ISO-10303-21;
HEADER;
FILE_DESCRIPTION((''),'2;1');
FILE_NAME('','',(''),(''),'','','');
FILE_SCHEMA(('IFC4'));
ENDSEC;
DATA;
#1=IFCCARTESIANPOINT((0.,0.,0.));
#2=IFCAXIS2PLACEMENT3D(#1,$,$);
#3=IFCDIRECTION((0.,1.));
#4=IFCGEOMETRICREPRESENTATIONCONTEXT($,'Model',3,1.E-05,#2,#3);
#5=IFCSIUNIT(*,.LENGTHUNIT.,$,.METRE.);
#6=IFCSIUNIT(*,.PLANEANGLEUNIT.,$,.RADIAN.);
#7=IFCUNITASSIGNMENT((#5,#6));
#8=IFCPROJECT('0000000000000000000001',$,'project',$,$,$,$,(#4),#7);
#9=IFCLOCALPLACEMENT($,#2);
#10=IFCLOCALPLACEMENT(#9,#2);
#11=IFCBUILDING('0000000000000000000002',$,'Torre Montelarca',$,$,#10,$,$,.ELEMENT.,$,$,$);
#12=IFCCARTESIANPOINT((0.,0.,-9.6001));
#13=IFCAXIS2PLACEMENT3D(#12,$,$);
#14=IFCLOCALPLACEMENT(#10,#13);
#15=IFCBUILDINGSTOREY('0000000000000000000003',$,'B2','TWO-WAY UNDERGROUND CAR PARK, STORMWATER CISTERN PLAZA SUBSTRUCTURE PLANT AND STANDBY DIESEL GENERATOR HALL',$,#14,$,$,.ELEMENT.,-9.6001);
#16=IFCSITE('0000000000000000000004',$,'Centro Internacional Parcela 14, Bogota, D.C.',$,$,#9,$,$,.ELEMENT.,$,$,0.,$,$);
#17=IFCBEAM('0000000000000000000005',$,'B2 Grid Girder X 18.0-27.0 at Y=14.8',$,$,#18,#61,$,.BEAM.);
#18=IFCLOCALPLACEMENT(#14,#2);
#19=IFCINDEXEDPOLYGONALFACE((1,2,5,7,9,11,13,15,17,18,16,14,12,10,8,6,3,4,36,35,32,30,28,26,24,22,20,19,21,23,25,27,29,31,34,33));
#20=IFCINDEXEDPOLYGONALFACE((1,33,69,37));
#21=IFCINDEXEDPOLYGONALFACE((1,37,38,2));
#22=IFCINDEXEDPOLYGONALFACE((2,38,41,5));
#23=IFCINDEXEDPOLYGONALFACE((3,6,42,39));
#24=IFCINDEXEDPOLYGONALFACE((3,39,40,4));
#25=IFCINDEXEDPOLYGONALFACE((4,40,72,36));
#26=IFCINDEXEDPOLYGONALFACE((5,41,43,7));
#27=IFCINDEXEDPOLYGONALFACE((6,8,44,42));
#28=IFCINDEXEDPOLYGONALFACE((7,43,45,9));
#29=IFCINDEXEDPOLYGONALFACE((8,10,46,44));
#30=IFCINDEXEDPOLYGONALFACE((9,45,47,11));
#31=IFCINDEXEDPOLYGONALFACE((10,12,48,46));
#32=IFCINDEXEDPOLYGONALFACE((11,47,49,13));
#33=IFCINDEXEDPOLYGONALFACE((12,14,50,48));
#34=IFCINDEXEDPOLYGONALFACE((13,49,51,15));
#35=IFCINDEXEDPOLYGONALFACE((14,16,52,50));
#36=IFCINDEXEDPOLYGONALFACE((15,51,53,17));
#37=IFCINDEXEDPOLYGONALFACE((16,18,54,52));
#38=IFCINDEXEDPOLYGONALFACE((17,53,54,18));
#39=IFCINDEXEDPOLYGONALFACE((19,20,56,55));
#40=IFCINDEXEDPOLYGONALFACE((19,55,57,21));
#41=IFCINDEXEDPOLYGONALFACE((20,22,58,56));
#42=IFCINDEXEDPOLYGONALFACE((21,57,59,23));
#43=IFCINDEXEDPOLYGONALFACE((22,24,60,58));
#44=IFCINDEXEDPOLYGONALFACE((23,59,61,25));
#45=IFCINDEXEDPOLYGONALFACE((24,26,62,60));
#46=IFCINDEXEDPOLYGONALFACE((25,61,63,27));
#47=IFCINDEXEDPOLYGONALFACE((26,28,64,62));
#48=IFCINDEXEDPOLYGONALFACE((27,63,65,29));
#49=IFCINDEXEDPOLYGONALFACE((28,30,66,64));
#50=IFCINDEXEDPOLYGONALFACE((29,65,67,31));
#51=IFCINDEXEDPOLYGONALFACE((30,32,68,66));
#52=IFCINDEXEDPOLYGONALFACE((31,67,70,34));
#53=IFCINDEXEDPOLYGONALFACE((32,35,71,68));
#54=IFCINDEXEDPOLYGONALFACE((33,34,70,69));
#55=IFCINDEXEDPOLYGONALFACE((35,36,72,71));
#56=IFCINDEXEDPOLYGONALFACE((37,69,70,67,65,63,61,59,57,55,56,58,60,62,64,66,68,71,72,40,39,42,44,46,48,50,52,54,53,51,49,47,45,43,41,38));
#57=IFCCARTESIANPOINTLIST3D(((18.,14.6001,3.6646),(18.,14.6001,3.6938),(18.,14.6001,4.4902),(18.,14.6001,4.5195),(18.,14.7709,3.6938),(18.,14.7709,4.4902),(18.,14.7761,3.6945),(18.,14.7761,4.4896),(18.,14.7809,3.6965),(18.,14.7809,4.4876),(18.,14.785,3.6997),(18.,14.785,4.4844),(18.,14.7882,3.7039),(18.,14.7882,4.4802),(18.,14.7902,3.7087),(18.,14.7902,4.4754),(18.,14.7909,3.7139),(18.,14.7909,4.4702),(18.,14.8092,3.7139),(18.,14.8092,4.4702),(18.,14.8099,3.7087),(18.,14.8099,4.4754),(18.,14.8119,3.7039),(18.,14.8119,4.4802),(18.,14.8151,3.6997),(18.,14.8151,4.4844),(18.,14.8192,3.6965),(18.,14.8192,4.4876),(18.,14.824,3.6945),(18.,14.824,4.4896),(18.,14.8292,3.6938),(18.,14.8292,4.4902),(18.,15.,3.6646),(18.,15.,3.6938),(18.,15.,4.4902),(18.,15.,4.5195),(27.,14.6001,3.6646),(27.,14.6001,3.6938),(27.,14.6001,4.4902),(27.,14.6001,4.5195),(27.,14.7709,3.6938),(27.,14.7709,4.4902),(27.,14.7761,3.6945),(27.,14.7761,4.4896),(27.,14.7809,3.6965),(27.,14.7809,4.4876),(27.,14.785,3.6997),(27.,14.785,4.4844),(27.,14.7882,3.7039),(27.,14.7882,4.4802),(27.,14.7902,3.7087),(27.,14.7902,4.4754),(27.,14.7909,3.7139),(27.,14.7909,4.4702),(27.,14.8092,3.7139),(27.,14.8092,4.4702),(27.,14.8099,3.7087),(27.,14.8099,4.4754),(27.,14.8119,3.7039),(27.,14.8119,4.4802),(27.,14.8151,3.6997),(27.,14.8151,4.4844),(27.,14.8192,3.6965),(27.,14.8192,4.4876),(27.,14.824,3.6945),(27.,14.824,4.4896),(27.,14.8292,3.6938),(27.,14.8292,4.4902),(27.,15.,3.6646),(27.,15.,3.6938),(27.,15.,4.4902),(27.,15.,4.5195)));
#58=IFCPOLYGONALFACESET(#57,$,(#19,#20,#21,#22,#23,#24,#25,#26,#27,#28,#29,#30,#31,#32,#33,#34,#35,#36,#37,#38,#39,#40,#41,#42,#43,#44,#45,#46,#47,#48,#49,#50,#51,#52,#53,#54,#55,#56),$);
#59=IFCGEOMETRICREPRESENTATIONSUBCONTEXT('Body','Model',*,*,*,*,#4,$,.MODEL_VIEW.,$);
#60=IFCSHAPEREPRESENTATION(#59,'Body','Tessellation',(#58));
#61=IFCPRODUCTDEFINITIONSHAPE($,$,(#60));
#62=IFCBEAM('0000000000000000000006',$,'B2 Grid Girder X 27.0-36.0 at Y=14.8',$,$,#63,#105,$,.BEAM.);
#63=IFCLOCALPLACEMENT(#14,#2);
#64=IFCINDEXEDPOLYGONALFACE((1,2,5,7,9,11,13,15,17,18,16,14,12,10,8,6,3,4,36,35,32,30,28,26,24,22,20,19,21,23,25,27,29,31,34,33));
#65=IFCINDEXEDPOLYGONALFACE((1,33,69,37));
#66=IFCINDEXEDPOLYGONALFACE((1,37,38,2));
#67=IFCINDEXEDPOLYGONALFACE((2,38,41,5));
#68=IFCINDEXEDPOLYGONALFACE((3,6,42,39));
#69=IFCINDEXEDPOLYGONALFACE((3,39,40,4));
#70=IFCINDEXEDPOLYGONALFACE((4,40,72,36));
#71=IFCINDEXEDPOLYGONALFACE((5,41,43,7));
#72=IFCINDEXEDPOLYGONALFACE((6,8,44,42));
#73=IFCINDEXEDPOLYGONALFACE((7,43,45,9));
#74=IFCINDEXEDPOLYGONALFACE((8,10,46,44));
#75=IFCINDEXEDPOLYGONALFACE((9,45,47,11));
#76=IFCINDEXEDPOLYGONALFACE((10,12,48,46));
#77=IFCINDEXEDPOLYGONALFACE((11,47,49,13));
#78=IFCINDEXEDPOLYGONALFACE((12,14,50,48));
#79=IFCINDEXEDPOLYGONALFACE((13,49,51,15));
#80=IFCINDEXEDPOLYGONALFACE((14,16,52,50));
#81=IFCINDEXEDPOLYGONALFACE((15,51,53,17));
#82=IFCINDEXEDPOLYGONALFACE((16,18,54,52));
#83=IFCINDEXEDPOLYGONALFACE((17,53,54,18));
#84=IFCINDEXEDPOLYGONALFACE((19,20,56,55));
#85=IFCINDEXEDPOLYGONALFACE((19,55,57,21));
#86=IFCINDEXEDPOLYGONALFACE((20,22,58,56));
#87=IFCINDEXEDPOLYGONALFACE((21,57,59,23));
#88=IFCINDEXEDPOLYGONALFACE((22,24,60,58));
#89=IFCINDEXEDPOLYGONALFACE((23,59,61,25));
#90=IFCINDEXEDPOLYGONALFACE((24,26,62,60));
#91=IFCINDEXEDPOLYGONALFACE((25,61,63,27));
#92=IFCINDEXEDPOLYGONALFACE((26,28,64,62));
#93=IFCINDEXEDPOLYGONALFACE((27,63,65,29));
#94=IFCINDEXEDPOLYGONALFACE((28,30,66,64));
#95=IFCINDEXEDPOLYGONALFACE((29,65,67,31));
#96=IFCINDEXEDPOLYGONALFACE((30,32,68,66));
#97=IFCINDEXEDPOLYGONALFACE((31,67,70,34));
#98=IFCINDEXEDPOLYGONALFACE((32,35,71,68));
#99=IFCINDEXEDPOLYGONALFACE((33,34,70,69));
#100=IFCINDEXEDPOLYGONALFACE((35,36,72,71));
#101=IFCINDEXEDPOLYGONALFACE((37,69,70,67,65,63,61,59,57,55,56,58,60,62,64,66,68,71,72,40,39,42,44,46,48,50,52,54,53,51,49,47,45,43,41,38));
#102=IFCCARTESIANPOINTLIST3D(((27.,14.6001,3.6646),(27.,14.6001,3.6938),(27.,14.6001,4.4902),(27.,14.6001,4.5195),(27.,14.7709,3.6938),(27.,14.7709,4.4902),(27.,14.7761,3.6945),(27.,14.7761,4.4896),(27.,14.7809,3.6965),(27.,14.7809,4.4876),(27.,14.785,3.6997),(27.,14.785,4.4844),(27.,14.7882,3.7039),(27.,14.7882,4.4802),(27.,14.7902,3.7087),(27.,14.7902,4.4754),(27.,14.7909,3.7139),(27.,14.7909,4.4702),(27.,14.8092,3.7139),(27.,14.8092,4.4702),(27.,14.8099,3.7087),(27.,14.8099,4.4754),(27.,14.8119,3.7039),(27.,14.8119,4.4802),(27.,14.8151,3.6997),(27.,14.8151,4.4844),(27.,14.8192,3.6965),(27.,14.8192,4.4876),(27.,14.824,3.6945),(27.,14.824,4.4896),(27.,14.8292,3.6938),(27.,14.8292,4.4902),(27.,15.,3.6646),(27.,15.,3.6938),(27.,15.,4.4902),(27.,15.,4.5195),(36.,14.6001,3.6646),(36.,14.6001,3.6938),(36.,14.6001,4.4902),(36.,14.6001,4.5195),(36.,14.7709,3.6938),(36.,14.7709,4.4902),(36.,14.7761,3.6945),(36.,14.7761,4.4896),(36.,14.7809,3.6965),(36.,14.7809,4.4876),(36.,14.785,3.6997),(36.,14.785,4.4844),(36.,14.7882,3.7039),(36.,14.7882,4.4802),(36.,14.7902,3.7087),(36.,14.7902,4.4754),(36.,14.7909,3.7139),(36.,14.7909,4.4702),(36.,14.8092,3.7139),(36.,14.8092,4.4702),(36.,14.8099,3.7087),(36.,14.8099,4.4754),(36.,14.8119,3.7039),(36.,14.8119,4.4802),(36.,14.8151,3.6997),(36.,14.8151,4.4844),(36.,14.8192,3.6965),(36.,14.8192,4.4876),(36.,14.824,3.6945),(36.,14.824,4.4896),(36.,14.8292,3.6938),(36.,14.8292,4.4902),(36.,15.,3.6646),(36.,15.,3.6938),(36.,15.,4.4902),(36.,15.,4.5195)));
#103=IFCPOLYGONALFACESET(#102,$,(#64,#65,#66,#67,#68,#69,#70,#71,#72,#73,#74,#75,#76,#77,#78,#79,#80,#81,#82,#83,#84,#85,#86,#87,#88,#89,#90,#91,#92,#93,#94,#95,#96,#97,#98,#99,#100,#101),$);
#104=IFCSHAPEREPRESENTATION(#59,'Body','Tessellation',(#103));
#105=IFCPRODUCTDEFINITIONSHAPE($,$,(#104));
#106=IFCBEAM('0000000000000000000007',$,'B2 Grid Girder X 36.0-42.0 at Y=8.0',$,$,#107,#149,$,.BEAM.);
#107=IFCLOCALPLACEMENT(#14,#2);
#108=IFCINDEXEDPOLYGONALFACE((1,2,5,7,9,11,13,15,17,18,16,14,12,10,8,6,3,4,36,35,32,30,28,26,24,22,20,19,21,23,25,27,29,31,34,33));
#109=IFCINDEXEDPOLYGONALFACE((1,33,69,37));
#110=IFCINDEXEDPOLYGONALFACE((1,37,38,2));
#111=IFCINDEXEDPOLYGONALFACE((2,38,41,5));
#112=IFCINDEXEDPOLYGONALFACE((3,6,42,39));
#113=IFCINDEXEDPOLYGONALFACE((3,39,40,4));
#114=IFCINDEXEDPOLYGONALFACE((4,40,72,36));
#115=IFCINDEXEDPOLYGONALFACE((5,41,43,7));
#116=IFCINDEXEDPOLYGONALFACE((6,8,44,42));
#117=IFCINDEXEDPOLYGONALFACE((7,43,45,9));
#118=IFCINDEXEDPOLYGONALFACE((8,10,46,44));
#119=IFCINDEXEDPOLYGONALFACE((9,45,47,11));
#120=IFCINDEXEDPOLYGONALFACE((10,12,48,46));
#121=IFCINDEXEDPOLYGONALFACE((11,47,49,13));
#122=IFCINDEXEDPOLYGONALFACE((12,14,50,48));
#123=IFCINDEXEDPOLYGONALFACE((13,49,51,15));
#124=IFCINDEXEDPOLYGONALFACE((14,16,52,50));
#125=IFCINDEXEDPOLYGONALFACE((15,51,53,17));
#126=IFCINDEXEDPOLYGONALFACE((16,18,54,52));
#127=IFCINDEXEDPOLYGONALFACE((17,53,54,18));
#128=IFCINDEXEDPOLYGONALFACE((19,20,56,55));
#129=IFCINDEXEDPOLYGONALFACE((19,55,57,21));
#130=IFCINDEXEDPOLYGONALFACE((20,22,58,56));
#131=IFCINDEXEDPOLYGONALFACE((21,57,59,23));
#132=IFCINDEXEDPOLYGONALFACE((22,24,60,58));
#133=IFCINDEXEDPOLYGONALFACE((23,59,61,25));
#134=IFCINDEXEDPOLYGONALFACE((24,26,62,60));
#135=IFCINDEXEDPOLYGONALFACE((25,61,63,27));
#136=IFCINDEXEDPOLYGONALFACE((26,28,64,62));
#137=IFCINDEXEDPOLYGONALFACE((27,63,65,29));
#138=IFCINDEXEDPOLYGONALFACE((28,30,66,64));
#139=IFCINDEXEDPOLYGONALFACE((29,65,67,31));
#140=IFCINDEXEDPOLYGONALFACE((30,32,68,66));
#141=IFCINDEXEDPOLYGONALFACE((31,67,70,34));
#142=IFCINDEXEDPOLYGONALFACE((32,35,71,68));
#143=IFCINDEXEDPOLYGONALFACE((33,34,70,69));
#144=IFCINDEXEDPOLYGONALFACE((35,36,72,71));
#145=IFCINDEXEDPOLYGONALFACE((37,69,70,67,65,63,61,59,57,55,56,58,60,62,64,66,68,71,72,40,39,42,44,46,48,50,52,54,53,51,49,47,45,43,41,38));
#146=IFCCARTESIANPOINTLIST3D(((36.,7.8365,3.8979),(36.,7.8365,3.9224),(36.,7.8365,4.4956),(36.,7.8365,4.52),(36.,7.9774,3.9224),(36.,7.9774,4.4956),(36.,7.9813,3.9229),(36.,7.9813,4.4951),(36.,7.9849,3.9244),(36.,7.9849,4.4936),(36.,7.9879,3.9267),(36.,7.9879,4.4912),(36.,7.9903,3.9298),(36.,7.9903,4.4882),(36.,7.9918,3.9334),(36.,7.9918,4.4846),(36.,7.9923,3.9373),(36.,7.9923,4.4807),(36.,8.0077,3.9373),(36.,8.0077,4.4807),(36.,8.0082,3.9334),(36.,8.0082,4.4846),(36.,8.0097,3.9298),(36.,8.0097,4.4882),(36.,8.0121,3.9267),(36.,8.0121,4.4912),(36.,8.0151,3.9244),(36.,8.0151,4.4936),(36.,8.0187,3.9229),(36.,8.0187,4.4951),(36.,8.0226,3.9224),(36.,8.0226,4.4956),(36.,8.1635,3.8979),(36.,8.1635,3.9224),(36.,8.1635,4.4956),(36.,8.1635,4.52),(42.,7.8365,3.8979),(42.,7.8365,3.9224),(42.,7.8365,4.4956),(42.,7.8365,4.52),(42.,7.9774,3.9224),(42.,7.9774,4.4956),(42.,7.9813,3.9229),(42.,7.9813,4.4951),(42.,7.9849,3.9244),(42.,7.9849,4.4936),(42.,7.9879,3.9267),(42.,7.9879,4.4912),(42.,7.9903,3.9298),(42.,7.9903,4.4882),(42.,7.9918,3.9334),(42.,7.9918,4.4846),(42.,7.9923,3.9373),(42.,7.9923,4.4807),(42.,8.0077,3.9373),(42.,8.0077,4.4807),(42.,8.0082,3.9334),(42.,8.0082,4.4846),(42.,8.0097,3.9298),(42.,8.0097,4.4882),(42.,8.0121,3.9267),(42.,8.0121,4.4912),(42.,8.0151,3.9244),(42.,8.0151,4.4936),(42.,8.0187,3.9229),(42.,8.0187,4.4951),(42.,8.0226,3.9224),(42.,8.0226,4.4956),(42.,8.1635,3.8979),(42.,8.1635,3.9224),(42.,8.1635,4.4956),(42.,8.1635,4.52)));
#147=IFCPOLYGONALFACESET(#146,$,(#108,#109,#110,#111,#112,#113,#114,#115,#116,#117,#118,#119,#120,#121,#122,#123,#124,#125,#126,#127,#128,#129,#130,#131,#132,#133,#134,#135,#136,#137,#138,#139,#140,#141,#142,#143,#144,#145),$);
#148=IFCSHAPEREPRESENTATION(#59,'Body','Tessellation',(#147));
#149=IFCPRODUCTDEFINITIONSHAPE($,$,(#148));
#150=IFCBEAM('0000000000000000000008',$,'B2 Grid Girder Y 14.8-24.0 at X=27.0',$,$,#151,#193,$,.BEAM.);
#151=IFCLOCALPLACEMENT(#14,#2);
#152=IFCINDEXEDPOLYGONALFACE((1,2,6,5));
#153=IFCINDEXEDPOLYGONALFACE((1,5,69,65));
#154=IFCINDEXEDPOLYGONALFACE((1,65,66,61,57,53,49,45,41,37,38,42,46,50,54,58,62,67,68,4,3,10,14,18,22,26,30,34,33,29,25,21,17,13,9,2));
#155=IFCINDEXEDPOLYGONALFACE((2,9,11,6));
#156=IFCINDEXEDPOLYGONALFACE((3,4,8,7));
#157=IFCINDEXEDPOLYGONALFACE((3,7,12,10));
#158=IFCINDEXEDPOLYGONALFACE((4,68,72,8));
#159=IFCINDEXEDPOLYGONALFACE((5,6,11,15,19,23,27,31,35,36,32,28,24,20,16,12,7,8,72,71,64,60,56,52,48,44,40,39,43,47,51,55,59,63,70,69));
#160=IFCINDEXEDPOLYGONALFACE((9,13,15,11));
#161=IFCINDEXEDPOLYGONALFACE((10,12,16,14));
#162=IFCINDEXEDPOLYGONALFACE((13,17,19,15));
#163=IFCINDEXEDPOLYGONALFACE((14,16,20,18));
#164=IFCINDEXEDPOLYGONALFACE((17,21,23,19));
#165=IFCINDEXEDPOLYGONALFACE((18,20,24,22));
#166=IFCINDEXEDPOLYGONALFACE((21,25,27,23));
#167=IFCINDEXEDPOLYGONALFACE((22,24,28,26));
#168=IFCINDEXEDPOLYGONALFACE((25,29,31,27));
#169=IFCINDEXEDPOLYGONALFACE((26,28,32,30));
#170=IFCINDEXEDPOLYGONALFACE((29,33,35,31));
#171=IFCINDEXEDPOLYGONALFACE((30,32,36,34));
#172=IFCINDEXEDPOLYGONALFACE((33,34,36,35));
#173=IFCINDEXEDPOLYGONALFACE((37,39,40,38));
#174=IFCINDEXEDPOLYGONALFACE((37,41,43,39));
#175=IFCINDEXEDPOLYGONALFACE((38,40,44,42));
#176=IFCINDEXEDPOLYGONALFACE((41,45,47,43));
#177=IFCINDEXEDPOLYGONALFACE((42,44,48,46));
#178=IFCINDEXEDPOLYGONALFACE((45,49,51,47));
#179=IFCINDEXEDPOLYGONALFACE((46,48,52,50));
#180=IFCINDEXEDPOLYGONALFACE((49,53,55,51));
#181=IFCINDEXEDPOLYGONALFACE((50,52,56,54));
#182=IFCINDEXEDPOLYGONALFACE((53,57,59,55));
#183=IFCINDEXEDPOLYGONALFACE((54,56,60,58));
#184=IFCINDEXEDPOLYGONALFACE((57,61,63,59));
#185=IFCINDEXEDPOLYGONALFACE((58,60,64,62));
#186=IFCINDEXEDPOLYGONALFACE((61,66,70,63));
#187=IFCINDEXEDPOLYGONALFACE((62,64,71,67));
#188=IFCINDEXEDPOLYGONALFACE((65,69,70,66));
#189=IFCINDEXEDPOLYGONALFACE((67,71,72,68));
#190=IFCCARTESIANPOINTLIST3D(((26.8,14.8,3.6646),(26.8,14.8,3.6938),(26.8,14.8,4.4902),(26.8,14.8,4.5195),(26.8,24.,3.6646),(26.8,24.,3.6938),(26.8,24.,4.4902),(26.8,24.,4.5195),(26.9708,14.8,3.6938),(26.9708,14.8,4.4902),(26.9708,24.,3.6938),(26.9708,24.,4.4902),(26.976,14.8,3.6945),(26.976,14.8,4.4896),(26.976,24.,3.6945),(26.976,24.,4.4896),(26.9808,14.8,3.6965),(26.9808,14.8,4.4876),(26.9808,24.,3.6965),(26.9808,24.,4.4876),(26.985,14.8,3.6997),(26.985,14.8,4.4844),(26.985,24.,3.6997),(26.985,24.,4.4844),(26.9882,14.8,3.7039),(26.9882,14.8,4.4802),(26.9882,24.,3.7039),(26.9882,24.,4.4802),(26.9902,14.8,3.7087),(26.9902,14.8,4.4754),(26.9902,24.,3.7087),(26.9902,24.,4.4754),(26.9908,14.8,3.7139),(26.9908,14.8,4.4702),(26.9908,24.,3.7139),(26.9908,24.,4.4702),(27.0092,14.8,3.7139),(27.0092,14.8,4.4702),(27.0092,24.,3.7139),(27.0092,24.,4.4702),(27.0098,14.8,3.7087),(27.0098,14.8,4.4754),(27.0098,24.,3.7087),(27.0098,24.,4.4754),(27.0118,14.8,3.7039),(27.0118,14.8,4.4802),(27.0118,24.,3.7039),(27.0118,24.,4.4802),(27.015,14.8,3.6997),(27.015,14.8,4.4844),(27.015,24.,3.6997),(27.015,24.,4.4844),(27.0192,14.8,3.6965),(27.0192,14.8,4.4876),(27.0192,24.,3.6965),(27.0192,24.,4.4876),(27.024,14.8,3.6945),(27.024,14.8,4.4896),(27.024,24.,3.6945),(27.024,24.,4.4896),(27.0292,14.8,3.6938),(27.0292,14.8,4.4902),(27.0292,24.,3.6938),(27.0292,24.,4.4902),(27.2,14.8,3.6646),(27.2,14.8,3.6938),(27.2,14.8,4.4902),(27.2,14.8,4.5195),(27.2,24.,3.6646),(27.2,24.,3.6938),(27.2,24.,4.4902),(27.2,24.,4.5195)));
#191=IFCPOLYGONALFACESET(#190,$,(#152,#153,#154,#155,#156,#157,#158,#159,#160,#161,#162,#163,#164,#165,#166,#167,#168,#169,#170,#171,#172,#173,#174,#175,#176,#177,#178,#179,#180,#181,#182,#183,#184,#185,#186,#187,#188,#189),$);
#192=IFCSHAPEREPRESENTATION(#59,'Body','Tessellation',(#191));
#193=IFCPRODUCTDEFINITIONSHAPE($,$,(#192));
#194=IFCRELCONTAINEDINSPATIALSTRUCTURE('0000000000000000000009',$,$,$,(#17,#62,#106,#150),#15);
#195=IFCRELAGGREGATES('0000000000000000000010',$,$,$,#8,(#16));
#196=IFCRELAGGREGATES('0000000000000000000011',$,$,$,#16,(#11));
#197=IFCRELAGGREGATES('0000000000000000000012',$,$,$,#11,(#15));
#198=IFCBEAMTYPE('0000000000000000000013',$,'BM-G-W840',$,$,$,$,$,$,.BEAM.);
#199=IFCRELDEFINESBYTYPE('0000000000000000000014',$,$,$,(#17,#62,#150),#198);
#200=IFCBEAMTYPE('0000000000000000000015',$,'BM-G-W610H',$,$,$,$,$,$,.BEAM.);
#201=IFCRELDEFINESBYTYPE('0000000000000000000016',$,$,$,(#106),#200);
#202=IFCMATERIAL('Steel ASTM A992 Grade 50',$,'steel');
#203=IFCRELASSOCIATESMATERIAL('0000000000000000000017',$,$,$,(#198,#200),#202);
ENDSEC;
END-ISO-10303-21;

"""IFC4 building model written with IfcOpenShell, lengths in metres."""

from ifc_helpers import new_model, si_unit, direction, frame, origin, origin_2d, place, context, subcontext, project, spatial, i_section, extrude, source, transform, mapped, material, material_profile, profile_set, type_object, element, save


model = new_model("IFC4")

# Units and contexts
model_context = context("Model", 3, precision=1e-05, world=origin(), true_north=direction((0.0, 1.0)))
body_context = subcontext(model_context, "Body", "Model", "MODEL_VIEW")
ifc_project = project(units=[si_unit("LENGTHUNIT", "METRE"), si_unit("PLANEANGLEUNIT", "RADIAN")], contexts=[model_context])

# Site, building, storey
site_placement = place(None, origin())
site = spatial("IfcSite", under=ifc_project, at=site_placement, Name="Centro Internacional Parcela 14, Bogota, D.C.", CompositionType="ELEMENT", RefElevation=0.0)
building_placement = place(site_placement, origin())
building = spatial("IfcBuilding", under=site, at=building_placement, Name="Torre Montelarca", CompositionType="ELEMENT")
storey_placement = place(building_placement, frame((0.0, 0.0, -9.6001)))
storey = spatial("IfcBuildingStorey", under=building, at=storey_placement, Name="B2", Description="TWO-WAY UNDERGROUND CAR PARK, STORMWATER CISTERN PLAZA SUBSTRUCTURE PLANT AND STANDBY DIESEL GENERATOR HALL", CompositionType="ELEMENT", Elevation=-9.6001)

# Beams
ifc_material_1 = material(Name="Steel ASTM A992 Grade 50", Category="steel")
ifc_material_profile_1 = material_profile(ifc_material_1, i_section(OverallWidth=0.3999, OverallDepth=0.855, WebThickness=0.0183, FlangeThickness=0.0293, FilletRadius=0.02, at=origin_2d()), Name="W840X299", Category="steel")
ifc_profile_set_1 = profile_set([ifc_material_profile_1], Name="Steel ASTM A992 Grade 50")
beam_type_1 = type_object("IfcBeamType", Name="BM-G-W840", PredefinedType="BEAM", material=ifc_profile_set_1)
shared_shape_1 = source(origin(), body_context, "Body", "SweptSolid", [
    extrude(i_section(OverallWidth=0.3999, OverallDepth=0.855, WebThickness=0.0183, FlangeThickness=0.0293, FilletRadius=0.02, at=origin_2d()), origin(), (0.0, 0.0, 1.0), 9.0),
])
for number, where, z_axis, x_axis, name in (
    (1, (18.0, 14.8, 4.092), (1.0, 0.0, 0.0), (0.0, 1.0, 0.0), "B2 Grid Girder X 18.0-27.0 at Y=14.8"),
    (2, (27.0, 14.8, 4.092), (1.0, 0.0, 0.0), (0.0, 1.0, 0.0), "B2 Grid Girder X 27.0-36.0 at Y=14.8"),
):
    element("IfcBeam", number, at=place(storey_placement, frame(where, z_axis=z_axis, x_axis=x_axis)), inside=storey, type_object=beam_type_1, Name=name, PredefinedType="BEAM", context=body_context, shape_type="MappedRepresentation", body=[
        mapped(shared_shape_1, transform((0.0, 0.0, 0.0), scale=1.0)),
    ])
ifc_material_profile_2 = material_profile(ifc_material_1, i_section(OverallWidth=0.3269, OverallDepth=0.6221, WebThickness=0.0154, FlangeThickness=0.0244, FilletRadius=0.0149, at=origin_2d()), Name="W610X195", Category="steel")
ifc_profile_set_2 = profile_set([ifc_material_profile_2], Name="Steel ASTM A992 Grade 50")
beam_type_2 = type_object("IfcBeamType", Name="BM-G-W610H", PredefinedType="BEAM", material=ifc_profile_set_2)
shared_shape_2 = source(origin(), body_context, "Body", "SweptSolid", [
    extrude(i_section(OverallWidth=0.3269, OverallDepth=0.6221, WebThickness=0.0154, FlangeThickness=0.0244, FilletRadius=0.0149, at=origin_2d()), origin(), (0.0, 0.0, 1.0), 6.0),
])
beam_1_placement = place(storey_placement, frame((36.0, 8.0, 4.209), z_axis=(1.0, 0.0, 0.0), x_axis=(0.0, 1.0, 0.0)))
element("IfcBeam", 3, at=beam_1_placement, inside=storey, type_object=beam_type_2, Name="B2 Grid Girder X 36.0-42.0 at Y=8.0", PredefinedType="BEAM", context=body_context, shape_type="MappedRepresentation", body=[
    mapped(shared_shape_2, transform((0.0, 0.0, 0.0), scale=1.0)),
])
shared_shape_3 = source(origin(), body_context, "Body", "SweptSolid", [
    extrude(i_section(OverallWidth=0.3999, OverallDepth=0.855, WebThickness=0.0183, FlangeThickness=0.0293, FilletRadius=0.02, at=origin_2d()), origin(), (0.0, 0.0, 1.0), 9.2),
])
beam_2_placement = place(storey_placement, frame((27.0, 14.8, 4.092), z_axis=(0.0, 1.0, 0.0), x_axis=(-1.0, 0.0, 0.0)))
element("IfcBeam", 4, at=beam_2_placement, inside=storey, type_object=beam_type_1, Name="B2 Grid Girder Y 14.8-24.0 at X=27.0", PredefinedType="BEAM", context=body_context, shape_type="MappedRepresentation", body=[
    mapped(shared_shape_3, transform((0.0, 0.0, 0.0), scale=1.0)),
])

save(model, "model.ifc")
